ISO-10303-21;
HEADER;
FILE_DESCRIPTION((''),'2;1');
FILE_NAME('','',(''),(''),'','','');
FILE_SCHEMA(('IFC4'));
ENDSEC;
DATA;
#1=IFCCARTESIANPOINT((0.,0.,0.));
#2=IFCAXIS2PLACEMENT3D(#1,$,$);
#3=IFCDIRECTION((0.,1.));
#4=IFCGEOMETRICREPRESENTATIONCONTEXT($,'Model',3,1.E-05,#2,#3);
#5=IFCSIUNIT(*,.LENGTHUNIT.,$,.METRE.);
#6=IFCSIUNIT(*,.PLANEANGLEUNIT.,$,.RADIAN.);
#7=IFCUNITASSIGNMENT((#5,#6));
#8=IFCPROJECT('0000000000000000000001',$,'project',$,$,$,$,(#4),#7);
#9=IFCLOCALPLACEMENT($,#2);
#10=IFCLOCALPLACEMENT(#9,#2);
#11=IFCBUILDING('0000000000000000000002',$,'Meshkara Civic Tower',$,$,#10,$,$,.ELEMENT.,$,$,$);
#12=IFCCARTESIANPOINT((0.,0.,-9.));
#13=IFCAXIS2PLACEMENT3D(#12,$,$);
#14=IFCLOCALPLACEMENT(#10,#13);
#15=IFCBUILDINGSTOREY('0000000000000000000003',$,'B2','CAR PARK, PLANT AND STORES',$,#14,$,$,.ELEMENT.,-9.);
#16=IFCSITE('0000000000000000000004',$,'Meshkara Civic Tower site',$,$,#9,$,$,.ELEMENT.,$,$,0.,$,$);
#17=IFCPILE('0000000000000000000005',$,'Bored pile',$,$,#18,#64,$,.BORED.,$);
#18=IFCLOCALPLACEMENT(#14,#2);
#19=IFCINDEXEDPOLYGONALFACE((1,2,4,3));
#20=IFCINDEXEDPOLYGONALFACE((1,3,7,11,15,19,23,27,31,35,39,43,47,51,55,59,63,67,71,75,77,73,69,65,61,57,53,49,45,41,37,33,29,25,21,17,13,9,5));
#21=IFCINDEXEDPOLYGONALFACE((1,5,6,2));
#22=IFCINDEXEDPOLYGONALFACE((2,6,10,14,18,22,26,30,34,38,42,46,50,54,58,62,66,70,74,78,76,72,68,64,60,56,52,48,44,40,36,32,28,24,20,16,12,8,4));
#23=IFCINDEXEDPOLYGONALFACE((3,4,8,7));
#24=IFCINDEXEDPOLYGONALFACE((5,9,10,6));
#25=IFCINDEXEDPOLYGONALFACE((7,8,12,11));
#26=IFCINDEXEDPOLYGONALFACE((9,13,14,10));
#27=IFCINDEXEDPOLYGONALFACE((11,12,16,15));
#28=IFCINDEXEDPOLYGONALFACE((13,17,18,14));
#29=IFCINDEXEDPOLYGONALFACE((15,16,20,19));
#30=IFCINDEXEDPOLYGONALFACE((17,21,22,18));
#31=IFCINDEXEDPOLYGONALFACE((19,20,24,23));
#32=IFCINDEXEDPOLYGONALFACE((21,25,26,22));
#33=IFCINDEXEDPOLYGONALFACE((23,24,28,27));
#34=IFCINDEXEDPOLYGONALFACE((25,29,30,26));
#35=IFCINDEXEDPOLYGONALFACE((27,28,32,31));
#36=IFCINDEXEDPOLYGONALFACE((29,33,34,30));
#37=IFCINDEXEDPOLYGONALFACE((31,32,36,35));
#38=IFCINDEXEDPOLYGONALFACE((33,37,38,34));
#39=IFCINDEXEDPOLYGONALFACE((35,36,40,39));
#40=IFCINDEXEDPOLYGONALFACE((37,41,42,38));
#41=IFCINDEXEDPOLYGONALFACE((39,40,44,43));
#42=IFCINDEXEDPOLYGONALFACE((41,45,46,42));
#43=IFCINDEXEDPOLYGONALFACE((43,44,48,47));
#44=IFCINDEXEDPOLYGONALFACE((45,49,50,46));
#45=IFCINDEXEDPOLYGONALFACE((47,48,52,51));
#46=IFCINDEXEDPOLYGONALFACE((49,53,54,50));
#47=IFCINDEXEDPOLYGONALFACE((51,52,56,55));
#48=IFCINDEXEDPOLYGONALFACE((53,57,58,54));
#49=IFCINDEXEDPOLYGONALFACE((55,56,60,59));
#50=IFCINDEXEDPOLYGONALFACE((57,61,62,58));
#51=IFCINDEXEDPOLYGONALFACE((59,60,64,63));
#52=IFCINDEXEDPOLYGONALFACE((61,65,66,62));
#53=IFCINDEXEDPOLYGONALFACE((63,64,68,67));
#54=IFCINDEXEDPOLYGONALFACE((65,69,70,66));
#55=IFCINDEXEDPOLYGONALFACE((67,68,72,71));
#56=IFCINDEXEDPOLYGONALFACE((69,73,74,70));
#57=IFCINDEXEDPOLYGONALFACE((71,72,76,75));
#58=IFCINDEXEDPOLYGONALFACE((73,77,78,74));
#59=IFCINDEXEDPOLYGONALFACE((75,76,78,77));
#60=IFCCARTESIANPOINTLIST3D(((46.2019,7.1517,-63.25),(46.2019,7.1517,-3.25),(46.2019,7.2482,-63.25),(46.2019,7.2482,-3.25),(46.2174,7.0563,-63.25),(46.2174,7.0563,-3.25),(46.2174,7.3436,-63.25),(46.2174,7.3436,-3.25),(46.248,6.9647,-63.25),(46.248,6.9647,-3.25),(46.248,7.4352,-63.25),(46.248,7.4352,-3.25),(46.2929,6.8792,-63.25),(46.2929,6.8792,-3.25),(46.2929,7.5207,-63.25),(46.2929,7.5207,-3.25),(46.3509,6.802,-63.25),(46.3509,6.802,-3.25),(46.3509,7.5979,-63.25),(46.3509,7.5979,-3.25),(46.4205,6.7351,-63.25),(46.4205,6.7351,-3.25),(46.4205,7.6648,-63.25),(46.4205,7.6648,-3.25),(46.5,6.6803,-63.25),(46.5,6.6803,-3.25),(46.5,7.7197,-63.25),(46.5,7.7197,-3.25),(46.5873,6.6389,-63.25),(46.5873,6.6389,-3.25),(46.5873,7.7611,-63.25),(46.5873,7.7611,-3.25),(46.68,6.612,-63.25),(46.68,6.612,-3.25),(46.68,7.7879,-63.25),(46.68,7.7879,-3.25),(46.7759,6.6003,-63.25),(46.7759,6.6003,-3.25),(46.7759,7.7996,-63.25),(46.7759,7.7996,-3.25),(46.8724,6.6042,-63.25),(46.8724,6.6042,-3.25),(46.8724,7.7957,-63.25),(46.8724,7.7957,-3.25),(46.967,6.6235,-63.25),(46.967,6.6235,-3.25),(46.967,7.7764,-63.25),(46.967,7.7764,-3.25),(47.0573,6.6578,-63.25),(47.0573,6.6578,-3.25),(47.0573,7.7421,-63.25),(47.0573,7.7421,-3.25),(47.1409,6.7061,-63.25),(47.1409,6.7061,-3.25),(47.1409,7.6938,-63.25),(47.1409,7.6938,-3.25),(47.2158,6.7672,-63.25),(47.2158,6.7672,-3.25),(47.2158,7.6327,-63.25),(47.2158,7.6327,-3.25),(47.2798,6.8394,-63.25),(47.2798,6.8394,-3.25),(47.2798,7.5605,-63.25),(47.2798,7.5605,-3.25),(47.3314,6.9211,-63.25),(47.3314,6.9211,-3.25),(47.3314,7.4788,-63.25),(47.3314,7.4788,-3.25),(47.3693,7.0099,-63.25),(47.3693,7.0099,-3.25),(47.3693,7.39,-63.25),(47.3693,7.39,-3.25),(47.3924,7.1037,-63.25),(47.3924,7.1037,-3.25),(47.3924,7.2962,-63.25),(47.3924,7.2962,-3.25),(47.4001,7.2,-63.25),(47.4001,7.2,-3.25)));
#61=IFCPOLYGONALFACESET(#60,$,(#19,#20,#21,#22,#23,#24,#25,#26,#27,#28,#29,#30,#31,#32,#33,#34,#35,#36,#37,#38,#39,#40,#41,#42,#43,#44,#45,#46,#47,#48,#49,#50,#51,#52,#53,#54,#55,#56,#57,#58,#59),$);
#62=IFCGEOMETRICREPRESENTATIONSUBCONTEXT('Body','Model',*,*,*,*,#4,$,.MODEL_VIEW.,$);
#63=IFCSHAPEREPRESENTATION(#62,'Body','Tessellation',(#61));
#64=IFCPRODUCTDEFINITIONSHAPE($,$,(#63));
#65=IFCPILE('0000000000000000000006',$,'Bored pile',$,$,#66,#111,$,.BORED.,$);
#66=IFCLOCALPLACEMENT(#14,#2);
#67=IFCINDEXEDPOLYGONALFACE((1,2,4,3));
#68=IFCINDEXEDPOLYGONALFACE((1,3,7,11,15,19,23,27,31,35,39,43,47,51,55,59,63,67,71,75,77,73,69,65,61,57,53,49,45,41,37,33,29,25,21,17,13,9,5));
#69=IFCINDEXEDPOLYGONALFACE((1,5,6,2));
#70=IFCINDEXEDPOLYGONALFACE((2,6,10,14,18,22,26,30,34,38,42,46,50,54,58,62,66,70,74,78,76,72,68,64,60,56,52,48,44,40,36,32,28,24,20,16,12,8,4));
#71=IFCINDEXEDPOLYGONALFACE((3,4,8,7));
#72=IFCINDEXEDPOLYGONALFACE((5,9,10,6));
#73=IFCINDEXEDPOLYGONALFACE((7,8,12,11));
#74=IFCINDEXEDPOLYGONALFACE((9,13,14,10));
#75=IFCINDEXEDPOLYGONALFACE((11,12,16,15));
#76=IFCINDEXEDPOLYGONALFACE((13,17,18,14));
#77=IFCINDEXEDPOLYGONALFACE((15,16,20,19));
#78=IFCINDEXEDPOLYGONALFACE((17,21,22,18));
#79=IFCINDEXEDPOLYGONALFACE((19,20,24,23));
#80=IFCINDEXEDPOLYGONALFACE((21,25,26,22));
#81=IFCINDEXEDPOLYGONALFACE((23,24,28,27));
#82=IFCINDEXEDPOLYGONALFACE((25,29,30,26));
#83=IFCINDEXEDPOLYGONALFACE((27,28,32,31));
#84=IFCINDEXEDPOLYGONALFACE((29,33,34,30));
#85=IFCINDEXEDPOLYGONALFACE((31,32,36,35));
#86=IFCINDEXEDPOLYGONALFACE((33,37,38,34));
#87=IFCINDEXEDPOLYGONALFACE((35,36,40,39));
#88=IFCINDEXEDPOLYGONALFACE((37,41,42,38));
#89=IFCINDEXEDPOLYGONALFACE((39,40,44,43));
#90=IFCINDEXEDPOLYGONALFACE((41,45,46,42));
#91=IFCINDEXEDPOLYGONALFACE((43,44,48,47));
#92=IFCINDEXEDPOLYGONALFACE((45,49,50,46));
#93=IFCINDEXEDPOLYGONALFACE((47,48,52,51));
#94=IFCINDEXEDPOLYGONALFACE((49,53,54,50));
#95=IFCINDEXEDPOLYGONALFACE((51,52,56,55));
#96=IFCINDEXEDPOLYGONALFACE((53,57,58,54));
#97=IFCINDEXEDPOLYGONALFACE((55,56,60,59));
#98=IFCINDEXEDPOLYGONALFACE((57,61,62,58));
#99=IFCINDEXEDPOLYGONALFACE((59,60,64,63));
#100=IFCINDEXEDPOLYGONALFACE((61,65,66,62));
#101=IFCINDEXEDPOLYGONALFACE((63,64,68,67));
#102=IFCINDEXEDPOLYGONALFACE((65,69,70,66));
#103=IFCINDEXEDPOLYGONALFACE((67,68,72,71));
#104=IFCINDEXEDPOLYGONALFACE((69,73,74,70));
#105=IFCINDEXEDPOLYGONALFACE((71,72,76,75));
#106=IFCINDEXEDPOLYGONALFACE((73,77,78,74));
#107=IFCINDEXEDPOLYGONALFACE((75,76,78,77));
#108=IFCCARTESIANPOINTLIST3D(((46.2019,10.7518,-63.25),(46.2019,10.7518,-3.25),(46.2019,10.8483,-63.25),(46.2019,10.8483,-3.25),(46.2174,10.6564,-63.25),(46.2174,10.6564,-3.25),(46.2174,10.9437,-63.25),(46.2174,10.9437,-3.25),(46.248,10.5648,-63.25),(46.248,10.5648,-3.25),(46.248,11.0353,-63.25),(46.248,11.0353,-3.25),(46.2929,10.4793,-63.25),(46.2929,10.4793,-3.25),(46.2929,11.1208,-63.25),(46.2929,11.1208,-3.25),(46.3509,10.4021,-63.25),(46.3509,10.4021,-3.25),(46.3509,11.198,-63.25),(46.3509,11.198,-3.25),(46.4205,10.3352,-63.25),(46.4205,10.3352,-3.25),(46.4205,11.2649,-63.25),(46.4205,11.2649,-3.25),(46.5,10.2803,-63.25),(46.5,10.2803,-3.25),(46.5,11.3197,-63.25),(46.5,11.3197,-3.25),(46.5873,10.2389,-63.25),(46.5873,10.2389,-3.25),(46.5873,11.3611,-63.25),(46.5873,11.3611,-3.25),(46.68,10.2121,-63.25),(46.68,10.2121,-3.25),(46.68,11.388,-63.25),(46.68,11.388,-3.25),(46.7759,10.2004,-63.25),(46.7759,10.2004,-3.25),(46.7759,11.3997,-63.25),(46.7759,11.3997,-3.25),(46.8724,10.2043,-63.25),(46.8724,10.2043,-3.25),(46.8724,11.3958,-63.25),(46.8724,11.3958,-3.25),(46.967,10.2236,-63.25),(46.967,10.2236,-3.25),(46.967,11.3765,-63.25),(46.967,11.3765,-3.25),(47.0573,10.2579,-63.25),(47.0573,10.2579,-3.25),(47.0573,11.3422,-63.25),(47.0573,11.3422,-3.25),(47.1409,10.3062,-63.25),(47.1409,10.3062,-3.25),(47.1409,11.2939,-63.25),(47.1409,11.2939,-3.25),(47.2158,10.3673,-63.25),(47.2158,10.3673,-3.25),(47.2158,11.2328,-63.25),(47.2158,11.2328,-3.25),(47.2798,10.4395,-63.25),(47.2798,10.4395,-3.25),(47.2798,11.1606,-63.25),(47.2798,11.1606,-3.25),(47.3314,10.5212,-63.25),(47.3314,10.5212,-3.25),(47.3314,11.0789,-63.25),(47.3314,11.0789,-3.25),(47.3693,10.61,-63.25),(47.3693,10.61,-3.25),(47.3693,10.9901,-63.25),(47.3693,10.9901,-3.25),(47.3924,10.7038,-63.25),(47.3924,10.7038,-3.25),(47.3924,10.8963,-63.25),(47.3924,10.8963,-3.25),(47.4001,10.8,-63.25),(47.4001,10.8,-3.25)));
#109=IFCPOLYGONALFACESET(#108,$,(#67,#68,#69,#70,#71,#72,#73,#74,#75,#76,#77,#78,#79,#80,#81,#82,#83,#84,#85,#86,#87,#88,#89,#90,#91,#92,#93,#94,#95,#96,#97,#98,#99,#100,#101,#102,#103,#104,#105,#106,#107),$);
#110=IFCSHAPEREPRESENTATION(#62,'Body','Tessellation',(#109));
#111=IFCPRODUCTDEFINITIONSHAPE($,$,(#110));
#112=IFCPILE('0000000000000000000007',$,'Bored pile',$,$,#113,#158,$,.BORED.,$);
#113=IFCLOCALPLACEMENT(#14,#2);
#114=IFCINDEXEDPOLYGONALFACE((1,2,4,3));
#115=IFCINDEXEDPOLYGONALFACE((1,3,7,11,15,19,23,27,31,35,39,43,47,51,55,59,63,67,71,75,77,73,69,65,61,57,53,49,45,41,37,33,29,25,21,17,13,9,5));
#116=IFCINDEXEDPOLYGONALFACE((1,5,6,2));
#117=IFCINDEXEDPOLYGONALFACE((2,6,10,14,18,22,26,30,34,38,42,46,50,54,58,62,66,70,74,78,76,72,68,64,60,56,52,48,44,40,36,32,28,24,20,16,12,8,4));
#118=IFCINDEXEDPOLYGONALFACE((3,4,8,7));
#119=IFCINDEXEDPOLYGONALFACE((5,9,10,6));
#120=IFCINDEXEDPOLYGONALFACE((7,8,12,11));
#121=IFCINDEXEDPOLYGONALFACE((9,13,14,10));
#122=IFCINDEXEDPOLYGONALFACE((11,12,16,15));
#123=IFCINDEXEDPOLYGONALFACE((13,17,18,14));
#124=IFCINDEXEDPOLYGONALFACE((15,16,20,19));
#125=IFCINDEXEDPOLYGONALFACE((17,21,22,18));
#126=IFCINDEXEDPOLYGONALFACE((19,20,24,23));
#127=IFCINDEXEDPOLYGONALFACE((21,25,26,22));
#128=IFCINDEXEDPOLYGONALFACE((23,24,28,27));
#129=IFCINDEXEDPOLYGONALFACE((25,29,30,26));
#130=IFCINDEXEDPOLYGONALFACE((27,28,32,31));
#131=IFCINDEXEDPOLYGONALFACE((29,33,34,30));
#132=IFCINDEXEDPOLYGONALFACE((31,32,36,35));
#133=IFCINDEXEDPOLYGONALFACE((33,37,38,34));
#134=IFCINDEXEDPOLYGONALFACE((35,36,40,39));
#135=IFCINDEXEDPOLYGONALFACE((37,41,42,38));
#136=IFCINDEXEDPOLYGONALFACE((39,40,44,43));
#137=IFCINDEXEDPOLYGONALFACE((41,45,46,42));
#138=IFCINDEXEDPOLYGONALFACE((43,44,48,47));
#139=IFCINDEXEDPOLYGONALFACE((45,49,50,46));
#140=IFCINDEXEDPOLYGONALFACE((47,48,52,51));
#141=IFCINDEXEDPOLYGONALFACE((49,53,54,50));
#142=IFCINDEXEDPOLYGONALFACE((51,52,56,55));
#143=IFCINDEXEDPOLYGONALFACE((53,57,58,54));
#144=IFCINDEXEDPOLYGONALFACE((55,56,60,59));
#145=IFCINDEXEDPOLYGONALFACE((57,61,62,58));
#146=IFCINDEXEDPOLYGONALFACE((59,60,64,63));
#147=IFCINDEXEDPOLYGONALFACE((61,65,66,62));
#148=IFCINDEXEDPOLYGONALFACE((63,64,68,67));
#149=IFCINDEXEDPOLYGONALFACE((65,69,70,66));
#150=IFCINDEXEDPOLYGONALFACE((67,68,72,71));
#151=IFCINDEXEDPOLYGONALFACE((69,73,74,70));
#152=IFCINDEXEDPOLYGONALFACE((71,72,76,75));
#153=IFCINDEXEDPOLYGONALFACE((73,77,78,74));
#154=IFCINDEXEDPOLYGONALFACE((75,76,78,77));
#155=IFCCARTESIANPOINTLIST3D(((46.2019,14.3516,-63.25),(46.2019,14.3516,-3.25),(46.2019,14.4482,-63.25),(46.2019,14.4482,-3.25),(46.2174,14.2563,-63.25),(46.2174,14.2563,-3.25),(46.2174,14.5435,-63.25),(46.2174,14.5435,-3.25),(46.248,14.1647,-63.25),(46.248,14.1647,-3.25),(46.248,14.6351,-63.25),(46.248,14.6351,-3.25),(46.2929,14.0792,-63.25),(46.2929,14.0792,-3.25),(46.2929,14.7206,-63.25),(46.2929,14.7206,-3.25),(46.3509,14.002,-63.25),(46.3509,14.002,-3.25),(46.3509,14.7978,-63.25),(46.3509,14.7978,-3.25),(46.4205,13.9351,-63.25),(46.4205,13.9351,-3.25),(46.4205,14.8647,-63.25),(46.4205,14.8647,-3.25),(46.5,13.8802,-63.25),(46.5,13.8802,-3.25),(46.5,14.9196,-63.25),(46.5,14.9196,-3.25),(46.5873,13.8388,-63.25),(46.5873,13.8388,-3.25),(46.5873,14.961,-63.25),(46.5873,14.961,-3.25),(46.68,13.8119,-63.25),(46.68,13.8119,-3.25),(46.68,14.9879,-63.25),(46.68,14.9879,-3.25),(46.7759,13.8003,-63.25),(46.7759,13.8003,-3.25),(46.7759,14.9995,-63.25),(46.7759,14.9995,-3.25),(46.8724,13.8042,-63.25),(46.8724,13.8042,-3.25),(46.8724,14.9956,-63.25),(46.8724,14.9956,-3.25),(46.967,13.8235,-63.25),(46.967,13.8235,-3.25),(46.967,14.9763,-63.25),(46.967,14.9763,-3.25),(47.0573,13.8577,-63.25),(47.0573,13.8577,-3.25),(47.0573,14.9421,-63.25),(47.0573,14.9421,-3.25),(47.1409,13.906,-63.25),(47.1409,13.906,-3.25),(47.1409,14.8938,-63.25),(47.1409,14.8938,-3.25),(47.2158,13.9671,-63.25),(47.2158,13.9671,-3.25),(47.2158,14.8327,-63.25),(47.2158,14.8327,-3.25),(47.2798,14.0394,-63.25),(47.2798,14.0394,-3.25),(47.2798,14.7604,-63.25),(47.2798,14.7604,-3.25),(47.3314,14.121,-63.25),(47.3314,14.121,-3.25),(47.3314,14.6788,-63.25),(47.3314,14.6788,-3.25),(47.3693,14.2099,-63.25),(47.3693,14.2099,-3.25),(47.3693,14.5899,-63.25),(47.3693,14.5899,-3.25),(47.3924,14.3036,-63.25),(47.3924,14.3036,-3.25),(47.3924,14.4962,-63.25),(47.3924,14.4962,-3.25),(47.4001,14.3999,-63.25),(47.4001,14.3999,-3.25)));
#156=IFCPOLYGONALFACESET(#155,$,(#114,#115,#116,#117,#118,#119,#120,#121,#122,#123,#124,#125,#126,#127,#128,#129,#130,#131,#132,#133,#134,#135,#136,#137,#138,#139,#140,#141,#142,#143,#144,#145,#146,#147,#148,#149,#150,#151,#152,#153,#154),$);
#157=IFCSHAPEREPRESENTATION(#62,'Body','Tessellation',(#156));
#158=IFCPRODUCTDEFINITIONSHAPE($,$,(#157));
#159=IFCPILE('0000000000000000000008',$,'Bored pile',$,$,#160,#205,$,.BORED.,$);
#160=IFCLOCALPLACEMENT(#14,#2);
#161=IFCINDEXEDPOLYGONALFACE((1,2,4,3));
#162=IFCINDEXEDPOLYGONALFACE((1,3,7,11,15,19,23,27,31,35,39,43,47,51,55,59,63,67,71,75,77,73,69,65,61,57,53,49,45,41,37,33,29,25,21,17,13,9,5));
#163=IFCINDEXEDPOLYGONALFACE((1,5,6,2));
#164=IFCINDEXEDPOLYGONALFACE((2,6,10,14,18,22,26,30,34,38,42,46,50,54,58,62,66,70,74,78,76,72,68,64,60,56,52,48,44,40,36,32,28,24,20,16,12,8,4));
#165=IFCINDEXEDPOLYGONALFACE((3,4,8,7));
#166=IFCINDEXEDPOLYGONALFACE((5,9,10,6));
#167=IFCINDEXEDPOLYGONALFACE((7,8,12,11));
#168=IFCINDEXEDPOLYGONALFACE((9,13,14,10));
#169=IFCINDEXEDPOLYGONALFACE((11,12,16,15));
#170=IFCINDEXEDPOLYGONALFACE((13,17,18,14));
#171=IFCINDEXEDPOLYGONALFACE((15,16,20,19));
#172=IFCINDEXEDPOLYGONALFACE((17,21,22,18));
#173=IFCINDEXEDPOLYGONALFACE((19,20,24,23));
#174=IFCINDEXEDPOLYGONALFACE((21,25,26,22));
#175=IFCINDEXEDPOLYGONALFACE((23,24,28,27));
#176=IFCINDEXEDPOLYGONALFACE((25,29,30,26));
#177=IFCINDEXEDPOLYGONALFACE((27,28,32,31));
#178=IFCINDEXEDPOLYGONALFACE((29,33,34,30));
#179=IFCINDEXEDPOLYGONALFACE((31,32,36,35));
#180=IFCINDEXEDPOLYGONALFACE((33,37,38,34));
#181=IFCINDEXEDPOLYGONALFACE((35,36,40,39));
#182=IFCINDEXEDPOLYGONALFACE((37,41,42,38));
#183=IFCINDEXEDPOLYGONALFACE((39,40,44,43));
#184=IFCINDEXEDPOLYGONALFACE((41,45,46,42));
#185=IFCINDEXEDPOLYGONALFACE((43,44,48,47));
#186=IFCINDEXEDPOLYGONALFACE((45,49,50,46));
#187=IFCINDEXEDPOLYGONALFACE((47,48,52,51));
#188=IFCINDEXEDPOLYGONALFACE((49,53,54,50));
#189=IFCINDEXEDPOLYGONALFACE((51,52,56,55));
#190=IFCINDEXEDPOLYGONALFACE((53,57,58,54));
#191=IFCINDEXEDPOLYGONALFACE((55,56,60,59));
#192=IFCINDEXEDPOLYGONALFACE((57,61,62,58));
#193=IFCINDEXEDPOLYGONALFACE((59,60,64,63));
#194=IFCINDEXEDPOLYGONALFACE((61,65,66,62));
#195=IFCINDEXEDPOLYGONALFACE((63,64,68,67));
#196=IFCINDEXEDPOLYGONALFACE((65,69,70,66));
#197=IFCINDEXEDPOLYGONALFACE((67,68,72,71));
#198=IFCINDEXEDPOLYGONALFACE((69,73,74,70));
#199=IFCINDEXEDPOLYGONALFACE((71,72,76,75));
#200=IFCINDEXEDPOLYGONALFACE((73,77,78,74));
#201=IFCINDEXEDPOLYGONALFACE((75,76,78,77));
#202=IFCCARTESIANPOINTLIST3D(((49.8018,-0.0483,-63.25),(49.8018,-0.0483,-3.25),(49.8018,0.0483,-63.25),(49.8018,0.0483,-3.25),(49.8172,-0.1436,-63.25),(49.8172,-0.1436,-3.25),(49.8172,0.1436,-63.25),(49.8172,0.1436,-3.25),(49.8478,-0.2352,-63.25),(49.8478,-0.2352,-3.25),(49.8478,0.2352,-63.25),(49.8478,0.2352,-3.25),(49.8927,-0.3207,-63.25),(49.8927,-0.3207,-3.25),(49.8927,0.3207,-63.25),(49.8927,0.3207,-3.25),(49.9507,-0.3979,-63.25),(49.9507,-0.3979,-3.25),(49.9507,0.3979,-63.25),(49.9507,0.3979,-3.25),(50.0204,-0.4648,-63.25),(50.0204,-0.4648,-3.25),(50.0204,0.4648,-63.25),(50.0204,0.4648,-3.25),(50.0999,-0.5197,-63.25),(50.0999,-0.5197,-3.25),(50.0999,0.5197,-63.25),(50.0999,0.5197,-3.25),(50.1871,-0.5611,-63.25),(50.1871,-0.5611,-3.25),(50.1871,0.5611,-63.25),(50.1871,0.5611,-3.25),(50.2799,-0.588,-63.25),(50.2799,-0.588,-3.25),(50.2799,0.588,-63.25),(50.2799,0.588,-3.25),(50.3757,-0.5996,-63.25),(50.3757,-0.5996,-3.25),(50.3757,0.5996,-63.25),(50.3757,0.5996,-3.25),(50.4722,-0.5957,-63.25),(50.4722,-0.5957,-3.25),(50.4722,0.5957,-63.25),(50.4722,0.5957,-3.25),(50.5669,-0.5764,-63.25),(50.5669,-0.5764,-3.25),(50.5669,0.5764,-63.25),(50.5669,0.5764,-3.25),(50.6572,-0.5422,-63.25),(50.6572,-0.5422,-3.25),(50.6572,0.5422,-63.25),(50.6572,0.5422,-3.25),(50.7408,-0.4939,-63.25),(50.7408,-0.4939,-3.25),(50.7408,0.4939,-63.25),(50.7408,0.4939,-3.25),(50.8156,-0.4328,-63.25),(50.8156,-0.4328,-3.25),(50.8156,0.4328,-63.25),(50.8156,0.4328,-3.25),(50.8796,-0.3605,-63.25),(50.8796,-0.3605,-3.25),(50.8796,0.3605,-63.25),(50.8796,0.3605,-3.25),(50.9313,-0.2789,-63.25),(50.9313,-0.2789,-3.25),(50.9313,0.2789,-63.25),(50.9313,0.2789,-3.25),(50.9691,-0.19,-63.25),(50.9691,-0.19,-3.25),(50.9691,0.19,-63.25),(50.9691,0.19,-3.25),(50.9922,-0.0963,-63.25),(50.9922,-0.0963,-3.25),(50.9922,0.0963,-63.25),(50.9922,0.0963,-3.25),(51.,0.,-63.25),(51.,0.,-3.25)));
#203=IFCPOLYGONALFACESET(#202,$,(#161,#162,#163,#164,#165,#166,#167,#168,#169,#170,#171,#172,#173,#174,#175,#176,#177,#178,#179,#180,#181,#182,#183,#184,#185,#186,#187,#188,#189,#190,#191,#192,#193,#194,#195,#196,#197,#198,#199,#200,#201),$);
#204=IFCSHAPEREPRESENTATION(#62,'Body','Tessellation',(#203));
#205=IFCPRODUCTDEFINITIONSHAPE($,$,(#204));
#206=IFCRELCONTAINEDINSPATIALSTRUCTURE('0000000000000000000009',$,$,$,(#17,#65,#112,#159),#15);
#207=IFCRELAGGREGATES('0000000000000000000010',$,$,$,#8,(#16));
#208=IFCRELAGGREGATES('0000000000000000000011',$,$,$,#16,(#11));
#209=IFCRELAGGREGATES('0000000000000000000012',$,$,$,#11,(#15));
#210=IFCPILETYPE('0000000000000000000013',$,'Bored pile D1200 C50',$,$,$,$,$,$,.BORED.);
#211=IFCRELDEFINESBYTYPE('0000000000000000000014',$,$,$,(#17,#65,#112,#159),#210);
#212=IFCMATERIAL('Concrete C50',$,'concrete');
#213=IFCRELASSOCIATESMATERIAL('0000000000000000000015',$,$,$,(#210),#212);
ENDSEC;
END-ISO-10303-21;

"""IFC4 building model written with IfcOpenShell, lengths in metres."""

from ifc_helpers import new_model, si_unit, direction, frame, origin, origin_2d, place, context, subcontext, project, spatial, circle, extrude, material, material_profile, profile_set, type_object, element, save


model = new_model("IFC4")

# Units and contexts
model_context = context("Model", 3, precision=1e-05, world=origin(), true_north=direction((0.0, 1.0)))
body_context = subcontext(model_context, "Body", "Model", "MODEL_VIEW")
ifc_project = project(units=[si_unit("LENGTHUNIT", "METRE"), si_unit("PLANEANGLEUNIT", "RADIAN")], contexts=[model_context])

# Site, building, storey
site_placement = place(None, origin())
site = spatial("IfcSite", under=ifc_project, at=site_placement, Name="Meshkara Civic Tower site", CompositionType="ELEMENT", RefElevation=0.0)
building_placement = place(site_placement, origin())
building = spatial("IfcBuilding", under=site, at=building_placement, Name="Meshkara Civic Tower", CompositionType="ELEMENT")
storey_placement = place(building_placement, frame((0.0, 0.0, -9.0)))
storey = spatial("IfcBuildingStorey", under=building, at=storey_placement, Name="B2", Description="CAR PARK, PLANT AND STORES", CompositionType="ELEMENT", Elevation=-9.0)

# Piles
ifc_material_1 = material(Name="Concrete C50", Category="concrete")
ifc_material_profile_1 = material_profile(ifc_material_1, circle(Radius=0.6001, at=origin_2d()))
ifc_profile_set_1 = profile_set([ifc_material_profile_1], Name="Concrete C50")
pile_type = type_object("IfcPileType", Name="Bored pile D1200 C50", PredefinedType="BORED", material=ifc_profile_set_1)
for number, where, z_axis, x_axis, name in (
    (1, (46.8, 7.2, -3.25), (0.0, 0.0, -1.0), (1.0, 0.0, 0.0), "Bored pile"),
    (2, (46.8, 10.8, -3.25), (0.0, 0.0, -1.0), (1.0, 0.0, 0.0), "Bored pile"),
    (3, (46.8, 14.3999, -3.25), (0.0, 0.0, -1.0), (1.0, 0.0, 0.0), "Bored pile"),
    (4, (50.3999, 0.0, -3.25), (0.0, 0.0, -1.0), (1.0, 0.0, 0.0), "Bored pile"),
):
    element("IfcPile", number, at=place(storey_placement, frame(where, z_axis=z_axis, x_axis=x_axis)), inside=storey, type_object=pile_type, Name=name, PredefinedType="BORED", context=body_context, shape_type="SweptSolid", body=[
        extrude(circle(Radius=0.6001, at=origin_2d()), origin(), (0.0, 0.0, 1.0), 60.0),
    ])

save(model, "model.ifc")
